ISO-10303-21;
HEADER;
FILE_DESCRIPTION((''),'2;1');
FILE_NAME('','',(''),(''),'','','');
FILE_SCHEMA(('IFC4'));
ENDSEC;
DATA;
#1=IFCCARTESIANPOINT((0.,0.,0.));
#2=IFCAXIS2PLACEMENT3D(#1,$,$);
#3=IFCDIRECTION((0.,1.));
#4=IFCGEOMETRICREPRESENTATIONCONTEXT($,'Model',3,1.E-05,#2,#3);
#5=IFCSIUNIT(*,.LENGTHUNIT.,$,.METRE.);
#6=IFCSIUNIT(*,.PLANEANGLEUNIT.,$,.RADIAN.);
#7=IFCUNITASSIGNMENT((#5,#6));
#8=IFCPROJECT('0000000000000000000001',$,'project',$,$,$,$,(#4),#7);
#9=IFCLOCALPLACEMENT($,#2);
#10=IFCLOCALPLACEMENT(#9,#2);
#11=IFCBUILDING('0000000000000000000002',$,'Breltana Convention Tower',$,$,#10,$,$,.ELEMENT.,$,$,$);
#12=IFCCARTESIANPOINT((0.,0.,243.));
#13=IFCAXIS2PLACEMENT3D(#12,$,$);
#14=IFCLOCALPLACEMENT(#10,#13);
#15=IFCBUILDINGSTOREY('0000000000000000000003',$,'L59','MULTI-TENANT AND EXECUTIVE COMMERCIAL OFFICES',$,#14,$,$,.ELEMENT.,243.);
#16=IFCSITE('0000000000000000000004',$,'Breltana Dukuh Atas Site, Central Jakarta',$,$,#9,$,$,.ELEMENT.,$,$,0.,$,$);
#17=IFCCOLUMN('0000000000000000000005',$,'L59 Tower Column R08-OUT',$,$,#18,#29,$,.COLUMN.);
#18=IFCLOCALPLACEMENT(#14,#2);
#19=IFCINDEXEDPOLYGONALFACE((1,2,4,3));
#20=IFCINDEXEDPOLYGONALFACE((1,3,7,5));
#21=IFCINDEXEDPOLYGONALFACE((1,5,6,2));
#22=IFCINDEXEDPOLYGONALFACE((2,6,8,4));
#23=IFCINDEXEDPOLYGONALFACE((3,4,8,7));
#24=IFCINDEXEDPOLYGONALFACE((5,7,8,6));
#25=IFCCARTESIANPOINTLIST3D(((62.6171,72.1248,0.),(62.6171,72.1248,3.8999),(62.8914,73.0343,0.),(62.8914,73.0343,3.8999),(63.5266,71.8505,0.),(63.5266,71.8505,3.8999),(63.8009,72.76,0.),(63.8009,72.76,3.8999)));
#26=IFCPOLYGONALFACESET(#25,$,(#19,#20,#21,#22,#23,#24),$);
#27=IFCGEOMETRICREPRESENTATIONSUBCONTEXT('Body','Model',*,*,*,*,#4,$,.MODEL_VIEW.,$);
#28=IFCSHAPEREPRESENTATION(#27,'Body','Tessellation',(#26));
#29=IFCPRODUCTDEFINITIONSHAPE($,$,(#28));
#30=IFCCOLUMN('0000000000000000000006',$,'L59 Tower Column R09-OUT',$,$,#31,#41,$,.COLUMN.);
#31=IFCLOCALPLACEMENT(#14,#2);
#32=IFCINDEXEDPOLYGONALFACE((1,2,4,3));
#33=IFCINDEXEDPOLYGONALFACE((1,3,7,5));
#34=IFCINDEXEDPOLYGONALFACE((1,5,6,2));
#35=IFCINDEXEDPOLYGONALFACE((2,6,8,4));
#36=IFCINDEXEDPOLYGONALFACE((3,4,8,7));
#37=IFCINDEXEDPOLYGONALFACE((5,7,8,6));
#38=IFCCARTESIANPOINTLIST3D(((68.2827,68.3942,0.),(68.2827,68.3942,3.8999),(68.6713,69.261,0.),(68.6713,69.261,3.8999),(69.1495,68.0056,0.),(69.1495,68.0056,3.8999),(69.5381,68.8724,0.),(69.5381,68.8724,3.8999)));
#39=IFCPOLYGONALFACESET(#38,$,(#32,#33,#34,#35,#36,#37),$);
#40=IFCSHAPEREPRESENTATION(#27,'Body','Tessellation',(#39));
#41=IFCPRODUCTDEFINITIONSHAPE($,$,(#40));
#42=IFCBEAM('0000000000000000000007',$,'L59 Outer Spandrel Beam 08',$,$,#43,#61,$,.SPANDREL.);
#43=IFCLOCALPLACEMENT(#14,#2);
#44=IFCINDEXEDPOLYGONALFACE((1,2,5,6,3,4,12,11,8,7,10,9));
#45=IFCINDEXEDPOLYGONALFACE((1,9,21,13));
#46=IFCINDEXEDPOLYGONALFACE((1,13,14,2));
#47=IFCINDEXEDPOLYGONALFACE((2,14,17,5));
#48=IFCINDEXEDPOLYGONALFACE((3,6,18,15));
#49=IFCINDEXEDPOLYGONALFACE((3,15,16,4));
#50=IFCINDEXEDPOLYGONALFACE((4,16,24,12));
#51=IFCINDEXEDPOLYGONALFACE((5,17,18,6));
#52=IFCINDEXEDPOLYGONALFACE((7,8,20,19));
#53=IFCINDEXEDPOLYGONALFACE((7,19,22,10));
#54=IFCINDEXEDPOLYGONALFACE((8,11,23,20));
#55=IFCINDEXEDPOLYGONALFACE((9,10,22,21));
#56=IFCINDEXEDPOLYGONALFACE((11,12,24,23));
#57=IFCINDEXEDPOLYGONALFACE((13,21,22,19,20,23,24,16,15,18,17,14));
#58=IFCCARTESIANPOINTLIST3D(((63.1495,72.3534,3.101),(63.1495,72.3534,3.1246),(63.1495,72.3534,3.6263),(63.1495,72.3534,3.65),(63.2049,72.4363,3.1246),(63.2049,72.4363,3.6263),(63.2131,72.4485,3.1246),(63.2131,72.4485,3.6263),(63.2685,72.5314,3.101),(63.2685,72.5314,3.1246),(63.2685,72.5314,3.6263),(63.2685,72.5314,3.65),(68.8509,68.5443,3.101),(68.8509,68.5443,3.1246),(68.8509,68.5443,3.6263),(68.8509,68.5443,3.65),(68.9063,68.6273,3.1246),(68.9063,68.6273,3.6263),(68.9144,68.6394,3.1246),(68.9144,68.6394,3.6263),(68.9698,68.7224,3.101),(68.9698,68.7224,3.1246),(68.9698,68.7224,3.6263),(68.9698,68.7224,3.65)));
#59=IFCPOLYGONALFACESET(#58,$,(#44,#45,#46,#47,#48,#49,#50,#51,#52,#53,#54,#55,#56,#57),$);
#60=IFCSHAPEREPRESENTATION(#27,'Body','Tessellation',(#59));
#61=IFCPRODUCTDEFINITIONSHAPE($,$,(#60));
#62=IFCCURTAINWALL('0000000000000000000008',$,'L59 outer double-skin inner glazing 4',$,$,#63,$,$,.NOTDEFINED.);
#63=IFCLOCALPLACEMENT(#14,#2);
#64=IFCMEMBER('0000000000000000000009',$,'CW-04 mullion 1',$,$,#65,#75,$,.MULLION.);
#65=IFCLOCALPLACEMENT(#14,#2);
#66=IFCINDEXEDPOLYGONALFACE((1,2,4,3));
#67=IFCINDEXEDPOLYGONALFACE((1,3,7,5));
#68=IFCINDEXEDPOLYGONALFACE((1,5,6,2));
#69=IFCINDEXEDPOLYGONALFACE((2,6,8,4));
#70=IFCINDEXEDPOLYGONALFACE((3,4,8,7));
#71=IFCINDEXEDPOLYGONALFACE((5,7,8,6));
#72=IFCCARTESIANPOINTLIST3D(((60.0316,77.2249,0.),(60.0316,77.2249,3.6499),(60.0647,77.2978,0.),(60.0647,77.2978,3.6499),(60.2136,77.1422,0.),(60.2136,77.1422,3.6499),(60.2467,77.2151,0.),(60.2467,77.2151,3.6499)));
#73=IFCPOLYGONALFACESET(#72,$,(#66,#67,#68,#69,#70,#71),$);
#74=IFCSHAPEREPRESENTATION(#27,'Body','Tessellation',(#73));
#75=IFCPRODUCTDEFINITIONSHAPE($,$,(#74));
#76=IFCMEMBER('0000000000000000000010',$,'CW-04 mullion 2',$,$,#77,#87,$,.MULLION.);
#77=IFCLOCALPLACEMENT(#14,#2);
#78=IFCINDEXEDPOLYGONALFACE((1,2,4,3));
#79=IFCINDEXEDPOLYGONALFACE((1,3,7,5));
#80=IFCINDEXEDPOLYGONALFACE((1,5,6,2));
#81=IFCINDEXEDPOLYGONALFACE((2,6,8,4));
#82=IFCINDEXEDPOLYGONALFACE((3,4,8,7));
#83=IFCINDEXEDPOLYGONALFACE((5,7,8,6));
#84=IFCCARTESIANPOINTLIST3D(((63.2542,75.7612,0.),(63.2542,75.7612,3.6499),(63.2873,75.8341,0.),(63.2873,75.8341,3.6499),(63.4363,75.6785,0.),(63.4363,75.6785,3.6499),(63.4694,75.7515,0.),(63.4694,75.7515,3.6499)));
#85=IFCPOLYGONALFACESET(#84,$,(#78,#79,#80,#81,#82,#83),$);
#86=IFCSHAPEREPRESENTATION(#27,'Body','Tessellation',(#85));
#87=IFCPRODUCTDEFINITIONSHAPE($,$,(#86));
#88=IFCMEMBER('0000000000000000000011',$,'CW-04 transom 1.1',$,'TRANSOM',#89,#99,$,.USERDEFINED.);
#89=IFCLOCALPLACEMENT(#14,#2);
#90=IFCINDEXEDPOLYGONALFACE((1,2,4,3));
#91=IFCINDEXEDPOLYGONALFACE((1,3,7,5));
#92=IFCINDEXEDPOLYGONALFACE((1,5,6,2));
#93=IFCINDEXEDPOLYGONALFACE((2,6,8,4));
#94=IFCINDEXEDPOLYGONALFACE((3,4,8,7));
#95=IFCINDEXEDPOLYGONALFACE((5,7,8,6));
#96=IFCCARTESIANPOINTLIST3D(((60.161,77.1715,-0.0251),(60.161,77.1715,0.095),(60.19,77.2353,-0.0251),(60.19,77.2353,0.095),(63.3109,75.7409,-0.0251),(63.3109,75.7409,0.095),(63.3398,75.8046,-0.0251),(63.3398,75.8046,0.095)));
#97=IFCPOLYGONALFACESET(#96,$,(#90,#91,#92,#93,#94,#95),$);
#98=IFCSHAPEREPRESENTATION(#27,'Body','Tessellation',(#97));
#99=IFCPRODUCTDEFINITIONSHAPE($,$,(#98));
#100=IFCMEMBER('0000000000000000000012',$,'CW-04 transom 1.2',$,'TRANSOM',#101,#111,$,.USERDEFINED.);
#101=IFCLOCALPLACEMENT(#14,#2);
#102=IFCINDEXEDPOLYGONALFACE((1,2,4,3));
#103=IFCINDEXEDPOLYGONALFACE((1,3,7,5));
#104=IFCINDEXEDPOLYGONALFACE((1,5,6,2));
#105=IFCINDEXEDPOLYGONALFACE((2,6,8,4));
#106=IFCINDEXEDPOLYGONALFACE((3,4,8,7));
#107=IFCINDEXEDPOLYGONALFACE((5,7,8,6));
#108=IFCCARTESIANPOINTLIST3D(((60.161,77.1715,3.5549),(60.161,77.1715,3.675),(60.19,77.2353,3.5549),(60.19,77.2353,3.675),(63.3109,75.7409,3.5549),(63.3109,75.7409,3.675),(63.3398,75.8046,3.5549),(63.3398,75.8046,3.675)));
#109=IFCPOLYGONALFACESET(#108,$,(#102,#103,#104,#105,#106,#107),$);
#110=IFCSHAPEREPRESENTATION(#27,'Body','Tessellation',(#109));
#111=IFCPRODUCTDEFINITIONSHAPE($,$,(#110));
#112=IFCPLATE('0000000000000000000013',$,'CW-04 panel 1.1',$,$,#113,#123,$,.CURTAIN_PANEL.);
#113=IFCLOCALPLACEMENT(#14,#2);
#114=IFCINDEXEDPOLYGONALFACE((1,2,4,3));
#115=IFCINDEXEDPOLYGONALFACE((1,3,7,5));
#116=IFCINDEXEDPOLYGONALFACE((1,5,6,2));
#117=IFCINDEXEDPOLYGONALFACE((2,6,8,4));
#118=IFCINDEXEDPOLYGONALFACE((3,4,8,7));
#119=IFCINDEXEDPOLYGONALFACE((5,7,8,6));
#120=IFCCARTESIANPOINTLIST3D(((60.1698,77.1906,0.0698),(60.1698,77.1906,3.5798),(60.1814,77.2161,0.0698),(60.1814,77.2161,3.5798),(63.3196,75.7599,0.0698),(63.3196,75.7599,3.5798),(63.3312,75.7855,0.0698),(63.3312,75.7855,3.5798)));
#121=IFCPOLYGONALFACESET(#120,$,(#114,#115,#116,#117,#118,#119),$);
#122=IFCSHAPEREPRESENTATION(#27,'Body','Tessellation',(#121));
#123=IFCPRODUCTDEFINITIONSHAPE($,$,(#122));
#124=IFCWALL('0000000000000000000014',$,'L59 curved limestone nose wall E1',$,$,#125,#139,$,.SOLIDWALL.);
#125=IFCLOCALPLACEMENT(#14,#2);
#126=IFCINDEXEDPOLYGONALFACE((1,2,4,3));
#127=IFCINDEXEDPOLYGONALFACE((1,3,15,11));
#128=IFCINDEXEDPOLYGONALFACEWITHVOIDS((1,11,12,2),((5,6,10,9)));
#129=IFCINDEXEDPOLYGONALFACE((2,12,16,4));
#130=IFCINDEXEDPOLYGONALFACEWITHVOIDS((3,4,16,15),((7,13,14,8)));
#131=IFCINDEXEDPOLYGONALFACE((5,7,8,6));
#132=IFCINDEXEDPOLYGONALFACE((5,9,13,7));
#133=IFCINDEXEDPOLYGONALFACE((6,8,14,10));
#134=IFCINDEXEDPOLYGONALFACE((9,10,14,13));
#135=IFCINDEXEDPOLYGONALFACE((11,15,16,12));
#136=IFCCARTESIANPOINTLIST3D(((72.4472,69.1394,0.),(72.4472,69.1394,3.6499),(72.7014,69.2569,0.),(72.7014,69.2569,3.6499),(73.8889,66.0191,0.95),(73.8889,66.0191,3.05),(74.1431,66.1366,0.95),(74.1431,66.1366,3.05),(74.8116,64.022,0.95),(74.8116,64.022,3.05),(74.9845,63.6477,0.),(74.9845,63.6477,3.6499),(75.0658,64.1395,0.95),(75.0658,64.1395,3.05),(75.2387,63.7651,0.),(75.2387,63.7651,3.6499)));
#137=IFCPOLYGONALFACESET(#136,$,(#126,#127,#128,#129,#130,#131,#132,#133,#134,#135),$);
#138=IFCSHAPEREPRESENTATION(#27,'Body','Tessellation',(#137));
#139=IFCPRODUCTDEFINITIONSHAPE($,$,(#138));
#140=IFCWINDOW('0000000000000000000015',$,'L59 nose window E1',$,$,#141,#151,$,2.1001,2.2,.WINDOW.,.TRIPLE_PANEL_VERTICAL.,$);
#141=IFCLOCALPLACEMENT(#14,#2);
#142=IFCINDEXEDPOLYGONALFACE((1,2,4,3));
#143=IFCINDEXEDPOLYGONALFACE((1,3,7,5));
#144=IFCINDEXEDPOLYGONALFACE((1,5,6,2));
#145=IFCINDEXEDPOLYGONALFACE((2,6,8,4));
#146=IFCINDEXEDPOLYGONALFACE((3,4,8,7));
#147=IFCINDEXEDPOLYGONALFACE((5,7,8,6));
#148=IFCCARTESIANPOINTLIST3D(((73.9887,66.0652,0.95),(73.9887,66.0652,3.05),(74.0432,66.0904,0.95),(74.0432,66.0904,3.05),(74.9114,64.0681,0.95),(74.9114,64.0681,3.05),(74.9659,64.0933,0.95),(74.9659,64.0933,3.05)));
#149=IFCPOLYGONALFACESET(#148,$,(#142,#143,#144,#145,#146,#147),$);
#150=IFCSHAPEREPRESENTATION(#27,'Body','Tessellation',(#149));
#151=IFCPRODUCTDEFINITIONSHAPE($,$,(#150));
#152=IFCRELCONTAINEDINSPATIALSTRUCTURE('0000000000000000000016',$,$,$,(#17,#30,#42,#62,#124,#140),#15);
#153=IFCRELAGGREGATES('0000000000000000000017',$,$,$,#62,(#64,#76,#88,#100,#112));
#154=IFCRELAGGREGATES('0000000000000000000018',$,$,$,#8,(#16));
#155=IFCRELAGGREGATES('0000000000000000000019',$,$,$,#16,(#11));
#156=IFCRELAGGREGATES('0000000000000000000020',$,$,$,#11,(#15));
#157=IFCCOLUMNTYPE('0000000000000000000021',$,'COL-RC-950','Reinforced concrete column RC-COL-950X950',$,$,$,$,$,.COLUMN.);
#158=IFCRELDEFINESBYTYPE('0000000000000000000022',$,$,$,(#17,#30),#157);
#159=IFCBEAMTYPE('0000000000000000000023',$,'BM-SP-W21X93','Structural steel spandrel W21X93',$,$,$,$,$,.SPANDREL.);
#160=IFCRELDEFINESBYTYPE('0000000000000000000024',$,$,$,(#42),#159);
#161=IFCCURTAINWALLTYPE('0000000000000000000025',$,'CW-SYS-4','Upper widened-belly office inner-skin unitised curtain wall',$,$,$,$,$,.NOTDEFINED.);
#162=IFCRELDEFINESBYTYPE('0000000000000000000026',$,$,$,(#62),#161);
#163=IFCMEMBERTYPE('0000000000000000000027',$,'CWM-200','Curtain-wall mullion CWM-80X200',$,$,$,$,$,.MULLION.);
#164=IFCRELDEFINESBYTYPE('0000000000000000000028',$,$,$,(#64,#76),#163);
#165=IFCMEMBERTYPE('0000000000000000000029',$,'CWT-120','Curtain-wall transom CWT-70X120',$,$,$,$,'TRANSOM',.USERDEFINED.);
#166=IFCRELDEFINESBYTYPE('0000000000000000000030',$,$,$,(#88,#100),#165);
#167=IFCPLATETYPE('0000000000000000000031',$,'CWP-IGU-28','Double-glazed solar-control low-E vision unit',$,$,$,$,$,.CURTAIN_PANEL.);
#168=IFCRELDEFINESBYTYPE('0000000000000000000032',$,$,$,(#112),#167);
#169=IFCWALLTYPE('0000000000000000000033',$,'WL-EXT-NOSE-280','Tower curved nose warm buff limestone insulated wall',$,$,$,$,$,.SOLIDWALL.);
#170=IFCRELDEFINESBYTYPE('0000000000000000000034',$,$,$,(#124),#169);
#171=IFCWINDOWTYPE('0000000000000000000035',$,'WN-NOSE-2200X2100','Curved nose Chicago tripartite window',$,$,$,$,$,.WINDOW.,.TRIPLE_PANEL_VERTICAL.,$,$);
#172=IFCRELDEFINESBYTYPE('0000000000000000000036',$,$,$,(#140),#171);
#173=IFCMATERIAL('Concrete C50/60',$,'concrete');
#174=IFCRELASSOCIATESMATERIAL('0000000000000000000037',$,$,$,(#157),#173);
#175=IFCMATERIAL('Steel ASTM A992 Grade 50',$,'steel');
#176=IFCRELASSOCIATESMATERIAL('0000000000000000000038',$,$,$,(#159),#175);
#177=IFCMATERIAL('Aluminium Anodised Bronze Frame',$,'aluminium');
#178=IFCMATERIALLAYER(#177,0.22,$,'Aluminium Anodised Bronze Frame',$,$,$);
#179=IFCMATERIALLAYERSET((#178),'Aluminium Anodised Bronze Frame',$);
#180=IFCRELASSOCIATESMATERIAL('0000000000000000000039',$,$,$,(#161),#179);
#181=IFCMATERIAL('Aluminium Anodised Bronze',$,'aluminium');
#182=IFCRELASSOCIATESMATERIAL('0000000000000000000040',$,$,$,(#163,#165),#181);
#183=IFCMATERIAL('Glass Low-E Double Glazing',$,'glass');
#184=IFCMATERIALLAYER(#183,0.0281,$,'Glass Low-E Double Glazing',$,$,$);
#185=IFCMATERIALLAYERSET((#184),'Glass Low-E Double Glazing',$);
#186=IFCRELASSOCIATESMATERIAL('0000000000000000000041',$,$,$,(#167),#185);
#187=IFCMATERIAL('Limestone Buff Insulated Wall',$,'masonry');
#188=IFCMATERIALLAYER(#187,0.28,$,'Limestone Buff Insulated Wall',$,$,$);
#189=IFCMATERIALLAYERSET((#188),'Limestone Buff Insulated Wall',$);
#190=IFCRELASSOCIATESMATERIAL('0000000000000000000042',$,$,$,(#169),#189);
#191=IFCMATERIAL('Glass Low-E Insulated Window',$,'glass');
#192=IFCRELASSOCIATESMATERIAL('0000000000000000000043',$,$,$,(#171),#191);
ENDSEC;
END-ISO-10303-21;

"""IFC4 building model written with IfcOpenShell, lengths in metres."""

from ifc_helpers import new_model, si_unit, direction, frame, frame_2d, origin, origin_2d, place, context, subcontext, project, spatial, rectangle, i_section, extrude, source, transform, mapped, material, layer, layer_set, material_profile, profile_set, type_object, type_shapes, element, fill, aggregate, save


model = new_model("IFC4")

# Units and contexts
model_context = context("Model", 3, precision=1e-05, world=origin(), true_north=direction((0.0, 1.0)))
body_context = subcontext(model_context, "Body", "Model", "MODEL_VIEW")
ifc_project = project(units=[si_unit("LENGTHUNIT", "METRE"), si_unit("PLANEANGLEUNIT", "RADIAN")], contexts=[model_context])

# Site, building, storey
site_placement = place(None, origin())
site = spatial("IfcSite", under=ifc_project, at=site_placement, Name="Breltana Dukuh Atas Site, Central Jakarta", CompositionType="ELEMENT", RefElevation=0.0)
building_placement = place(site_placement, origin())
building = spatial("IfcBuilding", under=site, at=building_placement, Name="Breltana Convention Tower", CompositionType="ELEMENT")
storey_placement = place(building_placement, frame((0.0, 0.0, 243.0)))
storey = spatial("IfcBuildingStorey", under=building, at=storey_placement, Name="L59", Description="MULTI-TENANT AND EXECUTIVE COMMERCIAL OFFICES", CompositionType="ELEMENT", Elevation=243.0)

# Columns
ifc_material_1 = material(Name="Concrete C50/60", Category="concrete")
ifc_material_profile_1 = material_profile(ifc_material_1, rectangle(XDim=0.95, YDim=0.95, at=origin_2d()), Name="RC-COL-950X950")
ifc_profile_set_1 = profile_set([ifc_material_profile_1], Name="Concrete C50/60")
column_type = type_object("IfcColumnType", Name="COL-RC-950", Description="Reinforced concrete column RC-COL-950X950", PredefinedType="COLUMN", material=ifc_profile_set_1)
shared_shape_1 = source(origin(), body_context, "Body", "SweptSolid", [
    extrude(rectangle(XDim=0.95, YDim=0.95, at=origin_2d()), origin(), (0.0, 0.0, 1.0), 3.8999),
])
for number, where, z_axis, x_axis, name in (
    (1, (63.209, 72.4424, 0.0), (0.0, 0.0, 1.0), (0.288698, 0.95742, 0.0), "L59 Tower Column R08-OUT"),
    (2, (68.9104, 68.6333, 0.0), (0.0, 0.0, 1.0), (0.409127, 0.912477, 0.0), "L59 Tower Column R09-OUT"),
):
    element("IfcColumn", number, at=place(storey_placement, frame(where, z_axis=z_axis, x_axis=x_axis)), inside=storey, type_object=column_type, Name=name, PredefinedType="COLUMN", context=body_context, shape_type="MappedRepresentation", body=[
        mapped(shared_shape_1, transform((0.0, 0.0, 0.0), scale=1.0)),
    ])

# Beam
ifc_material_2 = material(Name="Steel ASTM A992 Grade 50", Category="steel")
ifc_material_profile_2 = material_profile(ifc_material_2, i_section(OverallWidth=0.2141, OverallDepth=0.5491, WebThickness=0.0146, FlangeThickness=0.0237, at=origin_2d()), Name="W21X93")
ifc_profile_set_2 = profile_set([ifc_material_profile_2], Name="Steel ASTM A992 Grade 50")
beam_type = type_object("IfcBeamType", Name="BM-SP-W21X93", Description="Structural steel spandrel W21X93", PredefinedType="SPANDREL", material=ifc_profile_set_2)
shared_shape_2 = source(origin(), body_context, "Body", "SweptSolid", [
    extrude(i_section(OverallWidth=0.2141, OverallDepth=0.5491, WebThickness=0.0146, FlangeThickness=0.0237, at=origin_2d()), origin(), (0.0, 0.0, 1.0), 6.8567),
])
beam_placement = place(storey_placement, frame((63.209, 72.4424, 3.3755), z_axis=(0.831502, -0.555522, 0.0), x_axis=(0.555522, 0.831502, 0.0)))
element("IfcBeam", 3, at=beam_placement, inside=storey, type_object=beam_type, Name="L59 Outer Spandrel Beam 08", PredefinedType="SPANDREL", context=body_context, shape_type="MappedRepresentation", body=[
    mapped(shared_shape_2, transform((0.0, 0.0, 0.0), scale=1.0)),
])

# Curtain wall, members, plate
ifc_material_3 = material(Name="Aluminium Anodised Bronze Frame", Category="aluminium")
ifc_layer_1 = layer(ifc_material_3, 0.22, Name="Aluminium Anodised Bronze Frame")
ifc_layer_set_1 = layer_set([ifc_layer_1], Name="Aluminium Anodised Bronze Frame")
curtain_wall_type = type_object("IfcCurtainWallType", Name="CW-SYS-4", Description="Upper widened-belly office inner-skin unitised curtain wall", PredefinedType="NOTDEFINED", material=ifc_layer_set_1)
curtain_wall_placement = place(storey_placement, origin())
curtain_wall = element("IfcCurtainWall", 4, at=curtain_wall_placement, inside=storey, type_object=curtain_wall_type, Name="L59 outer double-skin inner glazing 4", PredefinedType="NOTDEFINED")
ifc_material_4 = material(Name="Aluminium Anodised Bronze", Category="aluminium")
ifc_material_profile_3 = material_profile(ifc_material_4, rectangle(XDim=0.0801, YDim=0.2, at=origin_2d()), Name="CWM-80X200")
ifc_profile_set_3 = profile_set([ifc_material_profile_3], Name="Aluminium Anodised Bronze")
member_type_1 = type_object("IfcMemberType", Name="CWM-200", Description="Curtain-wall mullion CWM-80X200", PredefinedType="MULLION", material=ifc_profile_set_3)
shared_shape_3 = source(origin(), body_context, "Body", "SweptSolid", [
    extrude(rectangle(XDim=0.0801, YDim=0.2, at=origin_2d()), origin(), (0.0, 0.0, 1.0), 3.6499),
])
member_1_placement = place(storey_placement, frame((60.1392, 77.22, 0.0), z_axis=(0.0, 0.0, 1.0), x_axis=(0.413539, 0.910487, 0.0)))
member_1 = element("IfcMember", 5, at=member_1_placement, type_object=member_type_1, Name="CW-04 mullion 1", PredefinedType="MULLION", context=body_context, shape_type="MappedRepresentation", body=[
    mapped(shared_shape_3, transform((0.0, 0.0, 0.0), scale=1.0)),
])
member_2_placement = place(storey_placement, frame((63.3618, 75.7563, 0.0), z_axis=(0.0, 0.0, 1.0), x_axis=(0.413539, 0.910487, 0.0)))
member_2 = element("IfcMember", 6, at=member_2_placement, type_object=member_type_1, Name="CW-04 mullion 2", PredefinedType="MULLION", context=body_context, shape_type="MappedRepresentation", body=[
    mapped(shared_shape_3, transform((0.0, 0.0, 0.0), scale=1.0)),
])
ifc_material_profile_4 = material_profile(ifc_material_4, rectangle(XDim=0.0701, YDim=0.1201, at=origin_2d()), Name="CWT-70X120")
ifc_profile_set_4 = profile_set([ifc_material_profile_4], Name="Aluminium Anodised Bronze")
member_type_2 = type_object("IfcMemberType", Name="CWT-120", Description="Curtain-wall transom CWT-70X120", ElementType="TRANSOM", PredefinedType="USERDEFINED", material=ifc_profile_set_4)
shared_shape_4 = source(origin(), body_context, "Body", "SweptSolid", [
    extrude(rectangle(XDim=0.0701, YDim=0.1201, at=origin_2d()), origin(), (0.0, 0.0, 1.0), 3.4595),
])
member_3_placement = place(storey_placement, frame((60.1755, 77.2034, 0.0349), z_axis=(0.910487, -0.413537, 0.0), x_axis=(0.413537, 0.910487, 0.0)))
member_3 = element("IfcMember", 7, at=member_3_placement, type_object=member_type_2, Name="CW-04 transom 1.1", ObjectType="TRANSOM", PredefinedType="USERDEFINED", context=body_context, shape_type="MappedRepresentation", body=[
    mapped(shared_shape_4, transform((0.0, 0.0, 0.0), scale=1.0)),
])
member_4_placement = place(storey_placement, frame((60.1755, 77.2034, 3.615), z_axis=(0.910487, -0.413537, 0.0), x_axis=(0.413537, 0.910487, 0.0)))
member_4 = element("IfcMember", 8, at=member_4_placement, type_object=member_type_2, Name="CW-04 transom 1.2", ObjectType="TRANSOM", PredefinedType="USERDEFINED", context=body_context, shape_type="MappedRepresentation", body=[
    mapped(shared_shape_4, transform((0.0, 0.0, 0.0), scale=1.0)),
])
ifc_material_5 = material(Name="Glass Low-E Double Glazing", Category="glass")
ifc_layer_2 = layer(ifc_material_5, 0.0281, Name="Glass Low-E Double Glazing")
ifc_layer_set_2 = layer_set([ifc_layer_2], Name="Glass Low-E Double Glazing")
plate_type = type_object("IfcPlateType", Name="CWP-IGU-28", Description="Double-glazed solar-control low-E vision unit", PredefinedType="CURTAIN_PANEL", material=ifc_layer_set_2)
shared_shape_5 = source(origin(), body_context, "Body", "SweptSolid", [
    extrude(rectangle(XDim=3.4595, YDim=0.0281, at=origin_2d()), origin(), (0.0, 0.0, 1.0), 3.51),
])
plate_placement = place(storey_placement, frame((61.7505, 76.488, 0.0698), z_axis=(0.0, 0.0, 1.0), x_axis=(0.910487, -0.413539, 0.0)))
plate = element("IfcPlate", 9, at=plate_placement, type_object=plate_type, Name="CW-04 panel 1.1", PredefinedType="CURTAIN_PANEL", context=body_context, shape_type="MappedRepresentation", body=[
    mapped(shared_shape_5, transform((0.0, 0.0, 0.0), scale=1.0)),
])
aggregate(curtain_wall, [member_1, member_2, member_3, member_4, plate])

# Wall, opening, window
ifc_material_6 = material(Name="Limestone Buff Insulated Wall", Category="masonry")
ifc_layer_3 = layer(ifc_material_6, 0.28, Name="Limestone Buff Insulated Wall")
ifc_layer_set_3 = layer_set([ifc_layer_3], Name="Limestone Buff Insulated Wall")
wall_type_1 = type_object("IfcWallType", Name="WL-EXT-NOSE-280", Description="Tower curved nose warm buff limestone insulated wall", PredefinedType="SOLIDWALL", material=ifc_layer_set_3)
shared_shape_6 = source(origin(), body_context, "Body", "SweptSolid", [
    extrude(rectangle(XDim=6.0496, YDim=0.28, at=frame_2d((3.0249, 0.0))), origin(), (0.0, 0.0, 1.0), 3.6499),
])
wall_1_placement = place(storey_placement, frame((72.5742, 69.1982, 0.0), z_axis=(0.0, 0.0, 1.0), x_axis=(0.419429, -0.907788, 0.0)))
wall_1 = element("IfcWall", 10, at=wall_1_placement, inside=storey, type_object=wall_type_1, Name="L59 curved limestone nose wall E1", PredefinedType="SOLIDWALL", context=body_context, shape_type="MappedRepresentation", body=[
    mapped(shared_shape_6, transform((0.0, 0.0, 0.0), scale=1.0)),
])
opening_1_placement = place(wall_1_placement, frame((3.4373, 0.0, 0.95)))
opening_1 = element("IfcOpeningElement", 11, at=opening_1_placement, cuts=wall_1, PredefinedType="OPENING", context=body_context, shape_type="SweptSolid", body=[
    extrude(rectangle(XDim=2.2, YDim=2.1001, at=frame_2d((1.1001, 1.05))), frame((0.0, 0.1499, 0.0), z_axis=(0.0, -1.0, 0.0), x_axis=(1.0, 0.0, 0.0)), (0.0, 0.0, 1.0), 0.3),
])
ifc_material_7 = material(Name="Glass Low-E Insulated Window", Category="glass")
window_type = type_object("IfcWindowType", Name="WN-NOSE-2200X2100", Description="Curved nose Chicago tripartite window", PartitioningType="TRIPLE_PANEL_VERTICAL", PredefinedType="WINDOW", material=ifc_material_7)
shared_shape_7 = source(origin(), body_context, "Body", "SweptSolid", [
    extrude(rectangle(XDim=2.2, YDim=2.1001, at=frame_2d((1.1001, 1.05))), frame((0.0, 0.03, 0.0), z_axis=(0.0, -1.0, 0.0), x_axis=(1.0, 0.0, 0.0)), (0.0, 0.0, 1.0), 0.0601),
])
type_shapes(window_type, [shared_shape_7])
window_1_placement = place(opening_1_placement, origin())
window_1 = element("IfcWindow", 12, at=window_1_placement, inside=storey, type_object=window_type, Name="L59 nose window E1", OverallHeight=2.1001, OverallWidth=2.2, PartitioningType="TRIPLE_PANEL_VERTICAL", PredefinedType="WINDOW", context=body_context, shape_type="MappedRepresentation", body=[
    mapped(shared_shape_7, transform((0.0, 0.0, 0.0), scale=1.0)),
])
fill(opening_1, window_1)

save(model, "model.ifc")
